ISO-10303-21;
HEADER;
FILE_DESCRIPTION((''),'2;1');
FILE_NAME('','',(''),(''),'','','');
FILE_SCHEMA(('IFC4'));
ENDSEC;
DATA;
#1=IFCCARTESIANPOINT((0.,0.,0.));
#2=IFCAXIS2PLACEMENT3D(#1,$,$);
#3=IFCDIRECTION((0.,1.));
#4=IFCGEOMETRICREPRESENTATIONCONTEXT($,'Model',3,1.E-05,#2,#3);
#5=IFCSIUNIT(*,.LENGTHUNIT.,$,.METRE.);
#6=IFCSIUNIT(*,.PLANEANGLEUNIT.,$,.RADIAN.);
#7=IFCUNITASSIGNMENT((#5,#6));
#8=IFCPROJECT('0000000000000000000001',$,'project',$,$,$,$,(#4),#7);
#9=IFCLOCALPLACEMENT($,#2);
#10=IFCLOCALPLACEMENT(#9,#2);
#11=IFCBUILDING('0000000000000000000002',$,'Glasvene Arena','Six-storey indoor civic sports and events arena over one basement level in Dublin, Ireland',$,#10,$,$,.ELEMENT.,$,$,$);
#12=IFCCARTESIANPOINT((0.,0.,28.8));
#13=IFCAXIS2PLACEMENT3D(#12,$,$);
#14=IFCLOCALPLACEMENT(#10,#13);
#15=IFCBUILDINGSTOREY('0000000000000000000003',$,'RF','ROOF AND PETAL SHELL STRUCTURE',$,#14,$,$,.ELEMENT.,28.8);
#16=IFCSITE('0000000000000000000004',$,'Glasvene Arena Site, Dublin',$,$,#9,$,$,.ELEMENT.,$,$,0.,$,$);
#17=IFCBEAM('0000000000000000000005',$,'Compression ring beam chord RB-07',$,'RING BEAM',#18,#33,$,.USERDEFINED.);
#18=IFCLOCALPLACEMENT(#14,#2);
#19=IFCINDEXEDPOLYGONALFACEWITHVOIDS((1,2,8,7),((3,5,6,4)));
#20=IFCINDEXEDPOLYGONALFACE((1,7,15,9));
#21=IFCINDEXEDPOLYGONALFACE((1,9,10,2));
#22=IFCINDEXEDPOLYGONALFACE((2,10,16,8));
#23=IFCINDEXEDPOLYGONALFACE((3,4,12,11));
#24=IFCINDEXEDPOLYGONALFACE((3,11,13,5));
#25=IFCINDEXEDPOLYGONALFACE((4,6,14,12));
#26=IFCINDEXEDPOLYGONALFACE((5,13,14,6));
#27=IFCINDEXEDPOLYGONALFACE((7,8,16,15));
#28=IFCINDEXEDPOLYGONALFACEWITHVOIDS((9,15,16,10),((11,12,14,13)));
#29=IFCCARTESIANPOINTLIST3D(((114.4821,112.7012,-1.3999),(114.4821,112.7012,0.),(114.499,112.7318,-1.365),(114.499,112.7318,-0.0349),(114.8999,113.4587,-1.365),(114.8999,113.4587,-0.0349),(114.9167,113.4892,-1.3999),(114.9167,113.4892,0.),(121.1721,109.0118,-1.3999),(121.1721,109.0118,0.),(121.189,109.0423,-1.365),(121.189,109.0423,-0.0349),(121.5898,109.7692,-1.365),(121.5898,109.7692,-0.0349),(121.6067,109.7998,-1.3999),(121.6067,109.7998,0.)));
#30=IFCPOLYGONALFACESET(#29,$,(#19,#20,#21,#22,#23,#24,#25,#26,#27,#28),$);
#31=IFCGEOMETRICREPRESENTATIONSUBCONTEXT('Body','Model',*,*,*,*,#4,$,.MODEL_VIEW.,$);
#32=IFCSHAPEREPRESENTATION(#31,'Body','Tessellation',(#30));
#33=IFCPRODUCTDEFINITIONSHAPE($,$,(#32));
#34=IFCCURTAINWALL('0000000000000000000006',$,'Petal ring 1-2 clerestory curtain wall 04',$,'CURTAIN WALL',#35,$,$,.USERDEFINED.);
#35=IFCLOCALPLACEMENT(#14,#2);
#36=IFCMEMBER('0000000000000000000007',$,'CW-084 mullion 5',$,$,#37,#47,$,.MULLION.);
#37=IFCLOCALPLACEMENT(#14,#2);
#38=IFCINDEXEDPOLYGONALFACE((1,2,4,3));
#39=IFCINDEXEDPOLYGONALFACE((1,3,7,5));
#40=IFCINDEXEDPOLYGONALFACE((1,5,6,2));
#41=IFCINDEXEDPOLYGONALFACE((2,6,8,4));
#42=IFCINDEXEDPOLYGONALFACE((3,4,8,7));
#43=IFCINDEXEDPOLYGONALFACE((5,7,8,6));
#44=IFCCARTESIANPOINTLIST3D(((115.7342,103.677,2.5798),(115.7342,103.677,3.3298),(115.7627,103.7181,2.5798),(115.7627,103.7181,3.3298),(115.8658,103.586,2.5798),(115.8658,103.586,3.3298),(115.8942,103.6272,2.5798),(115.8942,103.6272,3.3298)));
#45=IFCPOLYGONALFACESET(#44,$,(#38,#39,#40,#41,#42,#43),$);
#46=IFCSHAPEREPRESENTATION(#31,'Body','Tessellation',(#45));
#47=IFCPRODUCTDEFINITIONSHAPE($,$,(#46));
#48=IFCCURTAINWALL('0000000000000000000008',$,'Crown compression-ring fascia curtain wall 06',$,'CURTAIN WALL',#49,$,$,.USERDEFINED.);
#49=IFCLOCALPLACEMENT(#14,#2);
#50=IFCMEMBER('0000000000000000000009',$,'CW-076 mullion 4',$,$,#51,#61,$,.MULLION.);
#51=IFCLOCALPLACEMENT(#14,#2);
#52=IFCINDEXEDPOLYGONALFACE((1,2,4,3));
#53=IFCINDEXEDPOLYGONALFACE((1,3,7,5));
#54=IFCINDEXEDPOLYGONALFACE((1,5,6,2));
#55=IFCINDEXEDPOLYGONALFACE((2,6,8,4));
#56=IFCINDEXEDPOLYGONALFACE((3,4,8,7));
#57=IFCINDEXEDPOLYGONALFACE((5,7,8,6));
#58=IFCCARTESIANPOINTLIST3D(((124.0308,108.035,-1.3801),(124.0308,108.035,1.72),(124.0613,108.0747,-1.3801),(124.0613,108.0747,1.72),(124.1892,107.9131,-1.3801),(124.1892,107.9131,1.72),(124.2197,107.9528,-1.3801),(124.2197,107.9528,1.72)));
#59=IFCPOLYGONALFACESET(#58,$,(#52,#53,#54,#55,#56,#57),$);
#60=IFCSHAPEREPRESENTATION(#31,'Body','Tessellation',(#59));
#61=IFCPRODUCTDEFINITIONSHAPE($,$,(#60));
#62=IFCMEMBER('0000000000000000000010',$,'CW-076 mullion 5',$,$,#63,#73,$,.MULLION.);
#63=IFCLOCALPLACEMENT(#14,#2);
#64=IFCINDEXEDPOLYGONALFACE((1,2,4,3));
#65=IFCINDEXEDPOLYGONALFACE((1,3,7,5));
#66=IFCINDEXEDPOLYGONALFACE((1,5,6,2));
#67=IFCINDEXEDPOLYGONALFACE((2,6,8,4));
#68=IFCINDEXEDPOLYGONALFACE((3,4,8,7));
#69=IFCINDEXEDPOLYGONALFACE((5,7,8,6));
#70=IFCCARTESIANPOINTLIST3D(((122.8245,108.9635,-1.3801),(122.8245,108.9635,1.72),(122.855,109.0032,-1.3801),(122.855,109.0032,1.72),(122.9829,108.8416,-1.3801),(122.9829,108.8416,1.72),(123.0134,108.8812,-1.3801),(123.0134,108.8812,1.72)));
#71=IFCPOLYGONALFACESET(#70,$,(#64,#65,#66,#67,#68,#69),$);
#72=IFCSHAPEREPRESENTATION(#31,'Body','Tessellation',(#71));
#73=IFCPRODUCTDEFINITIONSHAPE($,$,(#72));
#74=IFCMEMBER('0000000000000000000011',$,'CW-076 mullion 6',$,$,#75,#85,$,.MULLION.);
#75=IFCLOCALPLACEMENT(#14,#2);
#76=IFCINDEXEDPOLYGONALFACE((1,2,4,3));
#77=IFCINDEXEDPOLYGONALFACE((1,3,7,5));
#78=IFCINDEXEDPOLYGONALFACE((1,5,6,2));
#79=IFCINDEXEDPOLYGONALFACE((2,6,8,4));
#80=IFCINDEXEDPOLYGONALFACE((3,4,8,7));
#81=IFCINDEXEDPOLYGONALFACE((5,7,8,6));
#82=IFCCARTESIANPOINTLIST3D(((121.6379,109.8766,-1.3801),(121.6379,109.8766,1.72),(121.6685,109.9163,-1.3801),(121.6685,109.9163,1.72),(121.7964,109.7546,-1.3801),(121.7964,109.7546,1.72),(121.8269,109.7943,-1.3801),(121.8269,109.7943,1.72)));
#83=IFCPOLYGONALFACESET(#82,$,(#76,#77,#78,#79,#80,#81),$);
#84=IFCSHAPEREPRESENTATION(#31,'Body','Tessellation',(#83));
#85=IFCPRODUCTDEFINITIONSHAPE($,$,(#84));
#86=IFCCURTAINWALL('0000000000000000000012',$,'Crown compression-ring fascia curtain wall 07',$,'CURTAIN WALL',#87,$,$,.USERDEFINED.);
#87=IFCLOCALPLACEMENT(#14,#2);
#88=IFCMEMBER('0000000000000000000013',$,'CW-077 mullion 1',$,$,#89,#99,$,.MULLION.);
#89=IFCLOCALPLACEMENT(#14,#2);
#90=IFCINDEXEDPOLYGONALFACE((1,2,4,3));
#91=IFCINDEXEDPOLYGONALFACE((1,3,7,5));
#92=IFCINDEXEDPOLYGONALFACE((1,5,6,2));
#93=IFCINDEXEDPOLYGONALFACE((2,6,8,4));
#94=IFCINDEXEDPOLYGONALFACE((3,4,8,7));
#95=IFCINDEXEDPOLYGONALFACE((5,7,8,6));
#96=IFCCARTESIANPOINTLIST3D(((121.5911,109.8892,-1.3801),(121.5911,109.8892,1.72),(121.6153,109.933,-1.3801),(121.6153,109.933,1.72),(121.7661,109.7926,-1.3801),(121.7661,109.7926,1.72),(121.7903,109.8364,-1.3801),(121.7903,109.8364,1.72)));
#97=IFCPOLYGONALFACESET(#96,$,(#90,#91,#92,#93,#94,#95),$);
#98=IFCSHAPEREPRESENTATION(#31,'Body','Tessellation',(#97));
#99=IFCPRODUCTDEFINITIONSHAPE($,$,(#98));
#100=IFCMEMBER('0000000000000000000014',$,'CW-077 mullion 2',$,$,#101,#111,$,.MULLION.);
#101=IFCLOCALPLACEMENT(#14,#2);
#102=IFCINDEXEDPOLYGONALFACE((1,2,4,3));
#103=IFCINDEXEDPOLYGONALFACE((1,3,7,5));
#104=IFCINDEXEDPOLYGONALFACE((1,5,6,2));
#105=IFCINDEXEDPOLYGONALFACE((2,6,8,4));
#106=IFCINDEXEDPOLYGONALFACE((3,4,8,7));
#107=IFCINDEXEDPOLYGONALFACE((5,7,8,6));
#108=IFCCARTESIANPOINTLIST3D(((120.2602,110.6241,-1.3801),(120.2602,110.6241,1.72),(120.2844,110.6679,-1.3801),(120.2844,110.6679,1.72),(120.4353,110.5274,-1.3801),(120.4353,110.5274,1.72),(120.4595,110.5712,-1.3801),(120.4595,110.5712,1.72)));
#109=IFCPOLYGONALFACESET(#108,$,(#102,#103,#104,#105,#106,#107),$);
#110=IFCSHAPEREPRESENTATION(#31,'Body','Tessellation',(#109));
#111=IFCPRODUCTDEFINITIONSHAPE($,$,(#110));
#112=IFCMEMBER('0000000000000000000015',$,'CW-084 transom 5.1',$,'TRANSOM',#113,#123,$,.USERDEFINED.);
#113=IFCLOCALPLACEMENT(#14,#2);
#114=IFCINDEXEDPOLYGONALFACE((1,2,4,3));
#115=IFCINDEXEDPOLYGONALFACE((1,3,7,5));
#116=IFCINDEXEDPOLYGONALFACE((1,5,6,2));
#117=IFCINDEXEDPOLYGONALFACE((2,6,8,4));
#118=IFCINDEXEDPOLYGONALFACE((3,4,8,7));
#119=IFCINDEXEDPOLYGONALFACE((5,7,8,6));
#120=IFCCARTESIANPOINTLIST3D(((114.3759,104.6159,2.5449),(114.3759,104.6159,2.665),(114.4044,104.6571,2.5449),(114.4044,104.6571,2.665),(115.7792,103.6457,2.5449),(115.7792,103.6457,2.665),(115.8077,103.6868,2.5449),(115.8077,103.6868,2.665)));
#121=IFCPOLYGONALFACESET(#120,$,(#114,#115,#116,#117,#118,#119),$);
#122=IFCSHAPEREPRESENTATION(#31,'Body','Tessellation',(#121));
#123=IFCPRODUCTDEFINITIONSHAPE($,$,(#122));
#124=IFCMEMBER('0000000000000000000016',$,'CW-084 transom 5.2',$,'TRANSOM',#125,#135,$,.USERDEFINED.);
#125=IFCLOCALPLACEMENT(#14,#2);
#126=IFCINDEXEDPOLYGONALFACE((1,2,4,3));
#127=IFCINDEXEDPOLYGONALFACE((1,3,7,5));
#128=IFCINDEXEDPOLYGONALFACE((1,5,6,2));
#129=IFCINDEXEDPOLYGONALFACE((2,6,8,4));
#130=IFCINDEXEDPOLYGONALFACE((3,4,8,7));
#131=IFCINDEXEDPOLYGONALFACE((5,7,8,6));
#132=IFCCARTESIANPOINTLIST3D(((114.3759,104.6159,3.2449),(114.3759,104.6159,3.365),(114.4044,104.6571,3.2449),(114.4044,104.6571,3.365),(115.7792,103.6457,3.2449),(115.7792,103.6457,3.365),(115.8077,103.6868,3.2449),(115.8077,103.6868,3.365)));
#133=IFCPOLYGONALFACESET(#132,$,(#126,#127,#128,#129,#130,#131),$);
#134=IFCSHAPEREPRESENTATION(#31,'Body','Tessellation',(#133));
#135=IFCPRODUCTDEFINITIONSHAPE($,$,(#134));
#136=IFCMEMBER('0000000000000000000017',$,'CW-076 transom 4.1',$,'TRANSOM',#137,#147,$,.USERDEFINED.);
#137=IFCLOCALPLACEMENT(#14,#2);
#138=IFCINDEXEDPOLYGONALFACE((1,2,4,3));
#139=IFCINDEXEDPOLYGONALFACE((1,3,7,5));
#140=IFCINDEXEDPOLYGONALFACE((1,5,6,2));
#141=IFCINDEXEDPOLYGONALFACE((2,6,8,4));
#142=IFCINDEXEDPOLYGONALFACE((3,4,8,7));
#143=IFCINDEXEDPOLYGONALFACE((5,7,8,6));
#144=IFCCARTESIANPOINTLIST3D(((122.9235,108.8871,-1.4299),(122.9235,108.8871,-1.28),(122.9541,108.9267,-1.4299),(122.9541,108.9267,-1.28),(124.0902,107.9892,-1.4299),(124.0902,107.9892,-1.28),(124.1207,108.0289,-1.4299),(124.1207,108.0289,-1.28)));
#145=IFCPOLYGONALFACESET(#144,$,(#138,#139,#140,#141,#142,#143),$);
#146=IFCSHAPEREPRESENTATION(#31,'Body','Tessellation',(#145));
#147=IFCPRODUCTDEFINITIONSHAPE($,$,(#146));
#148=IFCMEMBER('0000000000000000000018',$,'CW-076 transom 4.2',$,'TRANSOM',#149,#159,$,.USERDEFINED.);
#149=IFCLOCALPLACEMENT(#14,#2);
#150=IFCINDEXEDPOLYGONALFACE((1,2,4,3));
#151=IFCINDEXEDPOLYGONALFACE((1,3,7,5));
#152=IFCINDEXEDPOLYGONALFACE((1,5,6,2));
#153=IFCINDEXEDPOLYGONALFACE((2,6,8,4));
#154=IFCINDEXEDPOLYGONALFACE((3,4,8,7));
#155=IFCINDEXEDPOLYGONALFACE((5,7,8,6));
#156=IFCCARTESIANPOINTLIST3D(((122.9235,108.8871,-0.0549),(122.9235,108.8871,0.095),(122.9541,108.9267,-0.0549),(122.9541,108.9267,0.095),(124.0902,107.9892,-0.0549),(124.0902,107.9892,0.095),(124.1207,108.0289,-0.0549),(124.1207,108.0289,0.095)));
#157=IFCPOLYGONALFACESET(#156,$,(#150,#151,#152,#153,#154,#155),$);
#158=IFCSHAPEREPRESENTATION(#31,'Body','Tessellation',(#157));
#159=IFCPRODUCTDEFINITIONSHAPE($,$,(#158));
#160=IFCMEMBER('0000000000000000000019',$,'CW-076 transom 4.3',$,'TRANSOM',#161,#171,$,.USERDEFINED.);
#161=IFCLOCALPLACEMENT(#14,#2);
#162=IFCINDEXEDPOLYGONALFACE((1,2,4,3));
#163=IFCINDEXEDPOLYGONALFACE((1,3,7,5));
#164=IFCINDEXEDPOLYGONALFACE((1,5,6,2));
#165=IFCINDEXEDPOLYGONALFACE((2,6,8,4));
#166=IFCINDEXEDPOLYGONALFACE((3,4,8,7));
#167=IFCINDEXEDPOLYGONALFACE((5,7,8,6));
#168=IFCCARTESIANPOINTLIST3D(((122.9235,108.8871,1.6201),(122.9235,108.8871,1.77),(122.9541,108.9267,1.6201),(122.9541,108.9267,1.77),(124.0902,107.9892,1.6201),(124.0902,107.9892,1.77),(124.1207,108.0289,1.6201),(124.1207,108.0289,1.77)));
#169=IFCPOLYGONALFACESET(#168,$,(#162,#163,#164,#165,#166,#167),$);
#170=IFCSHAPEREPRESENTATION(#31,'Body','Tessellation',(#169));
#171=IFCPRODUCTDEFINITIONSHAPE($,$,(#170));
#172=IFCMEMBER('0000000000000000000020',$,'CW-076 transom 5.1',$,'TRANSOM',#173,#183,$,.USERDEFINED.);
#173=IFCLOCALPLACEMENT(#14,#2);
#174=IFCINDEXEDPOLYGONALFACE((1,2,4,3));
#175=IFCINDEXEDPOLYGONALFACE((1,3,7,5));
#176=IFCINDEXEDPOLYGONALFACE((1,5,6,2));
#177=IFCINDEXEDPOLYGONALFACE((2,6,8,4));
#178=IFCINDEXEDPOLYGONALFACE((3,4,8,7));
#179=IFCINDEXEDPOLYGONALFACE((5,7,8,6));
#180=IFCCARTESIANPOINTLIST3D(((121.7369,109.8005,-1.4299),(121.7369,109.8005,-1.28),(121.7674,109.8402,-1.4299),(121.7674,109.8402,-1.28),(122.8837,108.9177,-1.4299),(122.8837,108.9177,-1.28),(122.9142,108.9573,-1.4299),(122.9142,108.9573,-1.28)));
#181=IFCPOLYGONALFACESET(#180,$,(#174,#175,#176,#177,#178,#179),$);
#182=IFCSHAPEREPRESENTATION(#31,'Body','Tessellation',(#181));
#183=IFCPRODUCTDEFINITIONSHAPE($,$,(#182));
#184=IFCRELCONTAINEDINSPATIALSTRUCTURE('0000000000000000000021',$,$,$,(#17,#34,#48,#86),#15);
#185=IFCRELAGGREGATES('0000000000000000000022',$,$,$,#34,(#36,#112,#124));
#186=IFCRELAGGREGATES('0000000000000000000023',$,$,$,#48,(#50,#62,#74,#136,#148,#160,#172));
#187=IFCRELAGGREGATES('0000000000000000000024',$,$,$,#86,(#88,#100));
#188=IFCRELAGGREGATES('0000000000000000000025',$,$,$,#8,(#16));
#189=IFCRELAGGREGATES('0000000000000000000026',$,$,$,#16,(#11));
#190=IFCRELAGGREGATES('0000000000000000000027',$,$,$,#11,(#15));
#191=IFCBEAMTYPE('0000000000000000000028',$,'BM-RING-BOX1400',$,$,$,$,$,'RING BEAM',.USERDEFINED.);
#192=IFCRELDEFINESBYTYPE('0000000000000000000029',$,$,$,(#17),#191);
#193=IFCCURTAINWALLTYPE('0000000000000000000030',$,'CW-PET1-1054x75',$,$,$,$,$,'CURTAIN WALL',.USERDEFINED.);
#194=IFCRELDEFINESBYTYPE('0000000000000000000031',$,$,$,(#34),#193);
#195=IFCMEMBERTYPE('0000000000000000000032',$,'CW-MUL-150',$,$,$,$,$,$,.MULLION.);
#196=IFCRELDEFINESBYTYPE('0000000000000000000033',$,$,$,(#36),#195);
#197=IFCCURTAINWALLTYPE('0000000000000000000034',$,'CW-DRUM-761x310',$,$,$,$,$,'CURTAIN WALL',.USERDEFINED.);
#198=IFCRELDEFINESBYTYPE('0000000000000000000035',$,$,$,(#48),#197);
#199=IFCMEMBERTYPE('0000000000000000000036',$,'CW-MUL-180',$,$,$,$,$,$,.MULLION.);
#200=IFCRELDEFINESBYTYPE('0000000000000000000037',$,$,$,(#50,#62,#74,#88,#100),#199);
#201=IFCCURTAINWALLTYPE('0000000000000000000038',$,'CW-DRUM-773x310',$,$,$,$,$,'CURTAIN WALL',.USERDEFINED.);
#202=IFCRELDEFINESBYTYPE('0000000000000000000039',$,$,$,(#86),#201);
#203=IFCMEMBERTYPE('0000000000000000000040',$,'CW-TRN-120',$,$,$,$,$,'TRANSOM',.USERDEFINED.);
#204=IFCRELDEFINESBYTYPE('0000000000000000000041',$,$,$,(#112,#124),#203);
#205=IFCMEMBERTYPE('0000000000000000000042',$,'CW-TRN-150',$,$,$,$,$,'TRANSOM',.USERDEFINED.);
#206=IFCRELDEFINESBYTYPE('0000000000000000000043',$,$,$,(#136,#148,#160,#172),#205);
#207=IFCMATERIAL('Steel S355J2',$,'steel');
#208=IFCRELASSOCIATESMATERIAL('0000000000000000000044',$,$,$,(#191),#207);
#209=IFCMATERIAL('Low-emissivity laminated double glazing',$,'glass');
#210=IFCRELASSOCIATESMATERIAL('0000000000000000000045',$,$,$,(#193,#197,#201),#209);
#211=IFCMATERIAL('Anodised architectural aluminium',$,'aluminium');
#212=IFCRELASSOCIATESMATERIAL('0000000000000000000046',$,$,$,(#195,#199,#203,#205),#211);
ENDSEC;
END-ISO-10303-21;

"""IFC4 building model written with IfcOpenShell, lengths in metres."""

from ifc_helpers import new_model, si_unit, direction, frame, origin, origin_2d, place, context, subcontext, project, spatial, rectangle, hollow_rectangle, extrude, material, material_profile, profile_set, type_object, element, aggregate, save


model = new_model("IFC4")

# Units and contexts
model_context = context("Model", 3, precision=1e-05, world=origin(), true_north=direction((0.0, 1.0)))
body_context = subcontext(model_context, "Body", "Model", "MODEL_VIEW")
ifc_project = project(units=[si_unit("LENGTHUNIT", "METRE"), si_unit("PLANEANGLEUNIT", "RADIAN")], contexts=[model_context])

# Site, building, storey
site_placement = place(None, origin())
site = spatial("IfcSite", under=ifc_project, at=site_placement, Name="Glasvene Arena Site, Dublin", CompositionType="ELEMENT", RefElevation=0.0)
building_placement = place(site_placement, origin())
building = spatial("IfcBuilding", under=site, at=building_placement, Name="Glasvene Arena", Description="Six-storey indoor civic sports and events arena over one basement level in Dublin, Ireland", CompositionType="ELEMENT")
storey_placement = place(building_placement, frame((0.0, 0.0, 28.8)))
storey = spatial("IfcBuildingStorey", under=building, at=storey_placement, Name="RF", Description="ROOF AND PETAL SHELL STRUCTURE", CompositionType="ELEMENT", Elevation=28.8)

# Beam
ifc_material_1 = material(Name="Steel S355J2", Category="steel")
ifc_material_profile_1 = material_profile(ifc_material_1, hollow_rectangle(XDim=0.8999, YDim=1.3999, WallThickness=0.0349, at=origin_2d()), Name="WBOX 900x1400x35")
ifc_profile_set_1 = profile_set([ifc_material_profile_1], Name="Steel S355J2")
beam_type = type_object("IfcBeamType", Name="BM-RING-BOX1400", ElementType="RING BEAM", PredefinedType="USERDEFINED", material=ifc_profile_set_1)
beam_placement = place(storey_placement, frame((121.3894, 109.4058, -0.7), z_axis=(-0.875663, 0.482922, 0.0), x_axis=(-0.482922, -0.875663, 0.0)))
element("IfcBeam", 1, at=beam_placement, inside=storey, type_object=beam_type, Name="Compression ring beam chord RB-07", ObjectType="RING BEAM", PredefinedType="USERDEFINED", context=body_context, shape_type="SweptSolid", body=[
    extrude(hollow_rectangle(XDim=0.8999, YDim=1.3999, WallThickness=0.0349, at=origin_2d()), origin(), (0.0, 0.0, 1.0), 7.6399),
])

# Curtain wall, member
ifc_material_2 = material(Name="Low-emissivity laminated double glazing", Category="glass")
curtain_wall_type_1 = type_object("IfcCurtainWallType", Name="CW-PET1-1054x75", ElementType="CURTAIN WALL", PredefinedType="USERDEFINED", material=ifc_material_2)
curtain_wall_1_placement = place(storey_placement, frame((121.5923, 99.658, 0.0)))
curtain_wall_1 = element("IfcCurtainWall", 2, at=curtain_wall_1_placement, inside=storey, type_object=curtain_wall_type_1, Name="Petal ring 1-2 clerestory curtain wall 04", ObjectType="CURTAIN WALL", PredefinedType="USERDEFINED")
ifc_material_3 = material(Name="Anodised architectural aluminium", Category="aluminium")
ifc_material_profile_2 = material_profile(ifc_material_3, rectangle(XDim=0.05, YDim=0.1599, at=origin_2d()), Name="ALU MULLION 50x160")
ifc_profile_set_2 = profile_set([ifc_material_profile_2], Name="Anodised architectural aluminium")
member_type_1 = type_object("IfcMemberType", Name="CW-MUL-150", PredefinedType="MULLION", material=ifc_profile_set_2)
member_1_placement = place(storey_placement, frame((115.8142, 103.6521, 2.5798), z_axis=(0.0, 0.0, 1.0), x_axis=(-0.568619, -0.822601, 0.0)))
member_1 = element("IfcMember", 3, at=member_1_placement, type_object=member_type_1, Name="CW-084 mullion 5", PredefinedType="MULLION", context=body_context, shape_type="SweptSolid", body=[
    extrude(rectangle(XDim=0.05, YDim=0.1599, at=origin_2d()), origin(), (0.0, 0.0, 1.0), 0.75),
])

# Curtain walls, members
curtain_wall_type_2 = type_object("IfcCurtainWallType", Name="CW-DRUM-761x310", ElementType="CURTAIN WALL", PredefinedType="USERDEFINED", material=ifc_material_2)
curtain_wall_2_placement = place(storey_placement, frame((127.7441, 105.2087, 0.0)))
curtain_wall_2 = element("IfcCurtainWall", 4, at=curtain_wall_2_placement, inside=storey, type_object=curtain_wall_type_2, Name="Crown compression-ring fascia curtain wall 06", ObjectType="CURTAIN WALL", PredefinedType="USERDEFINED")
ifc_material_profile_3 = material_profile(ifc_material_3, rectangle(XDim=0.05, YDim=0.2, at=origin_2d()), Name="ALU MULLION 50x200")
ifc_profile_set_3 = profile_set([ifc_material_profile_3], Name="Anodised architectural aluminium")
member_type_2 = type_object("IfcMemberType", Name="CW-MUL-180", PredefinedType="MULLION", material=ifc_profile_set_3)
member_2_placement = place(storey_placement, frame((124.1252, 107.9939, -1.3801), z_axis=(0.0, 0.0, 1.0), x_axis=(-0.609895, -0.792482, 0.0)))
member_2 = element("IfcMember", 5, at=member_2_placement, type_object=member_type_2, Name="CW-076 mullion 4", PredefinedType="MULLION", context=body_context, shape_type="SweptSolid", body=[
    extrude(rectangle(XDim=0.05, YDim=0.2, at=origin_2d()), origin(), (0.0, 0.0, 1.0), 3.1001),
])
member_3_placement = place(storey_placement, frame((122.9189, 108.9224, -1.3801), z_axis=(0.0, 0.0, 1.0), x_axis=(-0.609895, -0.792482, 0.0)))
member_3 = element("IfcMember", 6, at=member_3_placement, type_object=member_type_2, Name="CW-076 mullion 5", PredefinedType="MULLION", context=body_context, shape_type="SweptSolid", body=[
    extrude(rectangle(XDim=0.05, YDim=0.2, at=origin_2d()), origin(), (0.0, 0.0, 1.0), 3.1001),
])
member_4_placement = place(storey_placement, frame((121.7324, 109.8354, -1.3801), z_axis=(0.0, 0.0, 1.0), x_axis=(-0.609895, -0.792482, 0.0)))
member_4 = element("IfcMember", 7, at=member_4_placement, type_object=member_type_2, Name="CW-076 mullion 6", PredefinedType="MULLION", context=body_context, shape_type="SweptSolid", body=[
    extrude(rectangle(XDim=0.05, YDim=0.2, at=origin_2d()), origin(), (0.0, 0.0, 1.0), 3.1001),
])
curtain_wall_type_3 = type_object("IfcCurtainWallType", Name="CW-DRUM-773x310", ElementType="CURTAIN WALL", PredefinedType="USERDEFINED", material=ifc_material_2)
curtain_wall_3_placement = place(storey_placement, frame((121.7124, 109.8506, 0.0)))
curtain_wall_3 = element("IfcCurtainWall", 8, at=curtain_wall_3_placement, inside=storey, type_object=curtain_wall_type_3, Name="Crown compression-ring fascia curtain wall 07", ObjectType="CURTAIN WALL", PredefinedType="USERDEFINED")
member_5_placement = place(storey_placement, frame((121.6907, 109.8628, -1.3801), z_axis=(0.0, 0.0, 1.0), x_axis=(-0.483387, -0.875407, 0.0)))
member_5 = element("IfcMember", 9, at=member_5_placement, type_object=member_type_2, Name="CW-077 mullion 1", PredefinedType="MULLION", context=body_context, shape_type="SweptSolid", body=[
    extrude(rectangle(XDim=0.05, YDim=0.2, at=origin_2d()), origin(), (0.0, 0.0, 1.0), 3.1001),
])
member_6_placement = place(storey_placement, frame((120.3599, 110.5977, -1.3801), z_axis=(0.0, 0.0, 1.0), x_axis=(-0.483387, -0.875407, 0.0)))
member_6 = element("IfcMember", 10, at=member_6_placement, type_object=member_type_2, Name="CW-077 mullion 2", PredefinedType="MULLION", context=body_context, shape_type="SweptSolid", body=[
    extrude(rectangle(XDim=0.05, YDim=0.2, at=origin_2d()), origin(), (0.0, 0.0, 1.0), 3.1001),
])

# Members
ifc_material_profile_4 = material_profile(ifc_material_3, rectangle(XDim=0.05, YDim=0.1201, at=origin_2d()), Name="ALU TRANSOM 50x120")
ifc_profile_set_4 = profile_set([ifc_material_profile_4], Name="Anodised architectural aluminium")
member_type_3 = type_object("IfcMemberType", Name="CW-TRN-120", ElementType="TRANSOM", PredefinedType="USERDEFINED", material=ifc_profile_set_4)
member_7_placement = place(storey_placement, frame((115.7935, 103.6663, 2.605), z_axis=(-0.822553, 0.568689, 0.0), x_axis=(-0.568689, -0.822553, 0.0)))
member_7 = element("IfcMember", 11, at=member_7_placement, type_object=member_type_3, Name="CW-084 transom 5.1", ObjectType="TRANSOM", PredefinedType="USERDEFINED", context=body_context, shape_type="SweptSolid", body=[
    extrude(rectangle(XDim=0.05, YDim=0.1201, at=origin_2d()), origin(), (0.0, 0.0, 1.0), 1.7061),
])
member_8_placement = place(storey_placement, frame((115.7935, 103.6663, 3.3049), z_axis=(-0.822553, 0.568689, 0.0), x_axis=(-0.568689, -0.822553, 0.0)))
member_8 = element("IfcMember", 12, at=member_8_placement, type_object=member_type_3, Name="CW-084 transom 5.2", ObjectType="TRANSOM", PredefinedType="USERDEFINED", context=body_context, shape_type="SweptSolid", body=[
    extrude(rectangle(XDim=0.05, YDim=0.1201, at=origin_2d()), origin(), (0.0, 0.0, 1.0), 1.7061),
])
ifc_material_profile_5 = material_profile(ifc_material_3, rectangle(XDim=0.05, YDim=0.1499, at=origin_2d()), Name="ALU TRANSOM 50x150")
ifc_profile_set_5 = profile_set([ifc_material_profile_5], Name="Anodised architectural aluminium")
member_type_4 = type_object("IfcMemberType", Name="CW-TRN-150", ElementType="TRANSOM", PredefinedType="USERDEFINED", material=ifc_profile_set_5)
member_9_placement = place(storey_placement, frame((124.1055, 108.009, -1.355), z_axis=(-0.792476, 0.609903, 0.0), x_axis=(-0.609903, -0.792476, 0.0)))
member_9 = element("IfcMember", 13, at=member_9_placement, type_object=member_type_4, Name="CW-076 transom 4.1", ObjectType="TRANSOM", PredefinedType="USERDEFINED", context=body_context, shape_type="SweptSolid", body=[
    extrude(rectangle(XDim=0.05, YDim=0.1499, at=origin_2d()), origin(), (0.0, 0.0, 1.0), 1.4722),
])
member_10_placement = place(storey_placement, frame((124.1055, 108.009, 0.02), z_axis=(-0.792476, 0.609903, 0.0), x_axis=(-0.609903, -0.792476, 0.0)))
member_10 = element("IfcMember", 14, at=member_10_placement, type_object=member_type_4, Name="CW-076 transom 4.2", ObjectType="TRANSOM", PredefinedType="USERDEFINED", context=body_context, shape_type="SweptSolid", body=[
    extrude(rectangle(XDim=0.05, YDim=0.1499, at=origin_2d()), origin(), (0.0, 0.0, 1.0), 1.4722),
])
member_11_placement = place(storey_placement, frame((124.1055, 108.009, 1.6951), z_axis=(-0.792476, 0.609903, 0.0), x_axis=(-0.609903, -0.792476, 0.0)))
member_11 = element("IfcMember", 15, at=member_11_placement, type_object=member_type_4, Name="CW-076 transom 4.3", ObjectType="TRANSOM", PredefinedType="USERDEFINED", context=body_context, shape_type="SweptSolid", body=[
    extrude(rectangle(XDim=0.05, YDim=0.1499, at=origin_2d()), origin(), (0.0, 0.0, 1.0), 1.4722),
])
member_12_placement = place(storey_placement, frame((122.8989, 108.9375, -1.355), z_axis=(-0.792386, 0.610021, 0.0), x_axis=(-0.610021, -0.792386, 0.0)))
member_12 = element("IfcMember", 16, at=member_12_placement, type_object=member_type_4, Name="CW-076 transom 5.1", ObjectType="TRANSOM", PredefinedType="USERDEFINED", context=body_context, shape_type="SweptSolid", body=[
    extrude(rectangle(XDim=0.05, YDim=0.1499, at=origin_2d()), origin(), (0.0, 0.0, 1.0), 1.4473),
])

aggregate(curtain_wall_1, [member_1, member_7, member_8])
aggregate(curtain_wall_2, [member_2, member_3, member_4, member_9, member_10, member_11, member_12])
aggregate(curtain_wall_3, [member_5, member_6])

save(model, "model.ifc")
